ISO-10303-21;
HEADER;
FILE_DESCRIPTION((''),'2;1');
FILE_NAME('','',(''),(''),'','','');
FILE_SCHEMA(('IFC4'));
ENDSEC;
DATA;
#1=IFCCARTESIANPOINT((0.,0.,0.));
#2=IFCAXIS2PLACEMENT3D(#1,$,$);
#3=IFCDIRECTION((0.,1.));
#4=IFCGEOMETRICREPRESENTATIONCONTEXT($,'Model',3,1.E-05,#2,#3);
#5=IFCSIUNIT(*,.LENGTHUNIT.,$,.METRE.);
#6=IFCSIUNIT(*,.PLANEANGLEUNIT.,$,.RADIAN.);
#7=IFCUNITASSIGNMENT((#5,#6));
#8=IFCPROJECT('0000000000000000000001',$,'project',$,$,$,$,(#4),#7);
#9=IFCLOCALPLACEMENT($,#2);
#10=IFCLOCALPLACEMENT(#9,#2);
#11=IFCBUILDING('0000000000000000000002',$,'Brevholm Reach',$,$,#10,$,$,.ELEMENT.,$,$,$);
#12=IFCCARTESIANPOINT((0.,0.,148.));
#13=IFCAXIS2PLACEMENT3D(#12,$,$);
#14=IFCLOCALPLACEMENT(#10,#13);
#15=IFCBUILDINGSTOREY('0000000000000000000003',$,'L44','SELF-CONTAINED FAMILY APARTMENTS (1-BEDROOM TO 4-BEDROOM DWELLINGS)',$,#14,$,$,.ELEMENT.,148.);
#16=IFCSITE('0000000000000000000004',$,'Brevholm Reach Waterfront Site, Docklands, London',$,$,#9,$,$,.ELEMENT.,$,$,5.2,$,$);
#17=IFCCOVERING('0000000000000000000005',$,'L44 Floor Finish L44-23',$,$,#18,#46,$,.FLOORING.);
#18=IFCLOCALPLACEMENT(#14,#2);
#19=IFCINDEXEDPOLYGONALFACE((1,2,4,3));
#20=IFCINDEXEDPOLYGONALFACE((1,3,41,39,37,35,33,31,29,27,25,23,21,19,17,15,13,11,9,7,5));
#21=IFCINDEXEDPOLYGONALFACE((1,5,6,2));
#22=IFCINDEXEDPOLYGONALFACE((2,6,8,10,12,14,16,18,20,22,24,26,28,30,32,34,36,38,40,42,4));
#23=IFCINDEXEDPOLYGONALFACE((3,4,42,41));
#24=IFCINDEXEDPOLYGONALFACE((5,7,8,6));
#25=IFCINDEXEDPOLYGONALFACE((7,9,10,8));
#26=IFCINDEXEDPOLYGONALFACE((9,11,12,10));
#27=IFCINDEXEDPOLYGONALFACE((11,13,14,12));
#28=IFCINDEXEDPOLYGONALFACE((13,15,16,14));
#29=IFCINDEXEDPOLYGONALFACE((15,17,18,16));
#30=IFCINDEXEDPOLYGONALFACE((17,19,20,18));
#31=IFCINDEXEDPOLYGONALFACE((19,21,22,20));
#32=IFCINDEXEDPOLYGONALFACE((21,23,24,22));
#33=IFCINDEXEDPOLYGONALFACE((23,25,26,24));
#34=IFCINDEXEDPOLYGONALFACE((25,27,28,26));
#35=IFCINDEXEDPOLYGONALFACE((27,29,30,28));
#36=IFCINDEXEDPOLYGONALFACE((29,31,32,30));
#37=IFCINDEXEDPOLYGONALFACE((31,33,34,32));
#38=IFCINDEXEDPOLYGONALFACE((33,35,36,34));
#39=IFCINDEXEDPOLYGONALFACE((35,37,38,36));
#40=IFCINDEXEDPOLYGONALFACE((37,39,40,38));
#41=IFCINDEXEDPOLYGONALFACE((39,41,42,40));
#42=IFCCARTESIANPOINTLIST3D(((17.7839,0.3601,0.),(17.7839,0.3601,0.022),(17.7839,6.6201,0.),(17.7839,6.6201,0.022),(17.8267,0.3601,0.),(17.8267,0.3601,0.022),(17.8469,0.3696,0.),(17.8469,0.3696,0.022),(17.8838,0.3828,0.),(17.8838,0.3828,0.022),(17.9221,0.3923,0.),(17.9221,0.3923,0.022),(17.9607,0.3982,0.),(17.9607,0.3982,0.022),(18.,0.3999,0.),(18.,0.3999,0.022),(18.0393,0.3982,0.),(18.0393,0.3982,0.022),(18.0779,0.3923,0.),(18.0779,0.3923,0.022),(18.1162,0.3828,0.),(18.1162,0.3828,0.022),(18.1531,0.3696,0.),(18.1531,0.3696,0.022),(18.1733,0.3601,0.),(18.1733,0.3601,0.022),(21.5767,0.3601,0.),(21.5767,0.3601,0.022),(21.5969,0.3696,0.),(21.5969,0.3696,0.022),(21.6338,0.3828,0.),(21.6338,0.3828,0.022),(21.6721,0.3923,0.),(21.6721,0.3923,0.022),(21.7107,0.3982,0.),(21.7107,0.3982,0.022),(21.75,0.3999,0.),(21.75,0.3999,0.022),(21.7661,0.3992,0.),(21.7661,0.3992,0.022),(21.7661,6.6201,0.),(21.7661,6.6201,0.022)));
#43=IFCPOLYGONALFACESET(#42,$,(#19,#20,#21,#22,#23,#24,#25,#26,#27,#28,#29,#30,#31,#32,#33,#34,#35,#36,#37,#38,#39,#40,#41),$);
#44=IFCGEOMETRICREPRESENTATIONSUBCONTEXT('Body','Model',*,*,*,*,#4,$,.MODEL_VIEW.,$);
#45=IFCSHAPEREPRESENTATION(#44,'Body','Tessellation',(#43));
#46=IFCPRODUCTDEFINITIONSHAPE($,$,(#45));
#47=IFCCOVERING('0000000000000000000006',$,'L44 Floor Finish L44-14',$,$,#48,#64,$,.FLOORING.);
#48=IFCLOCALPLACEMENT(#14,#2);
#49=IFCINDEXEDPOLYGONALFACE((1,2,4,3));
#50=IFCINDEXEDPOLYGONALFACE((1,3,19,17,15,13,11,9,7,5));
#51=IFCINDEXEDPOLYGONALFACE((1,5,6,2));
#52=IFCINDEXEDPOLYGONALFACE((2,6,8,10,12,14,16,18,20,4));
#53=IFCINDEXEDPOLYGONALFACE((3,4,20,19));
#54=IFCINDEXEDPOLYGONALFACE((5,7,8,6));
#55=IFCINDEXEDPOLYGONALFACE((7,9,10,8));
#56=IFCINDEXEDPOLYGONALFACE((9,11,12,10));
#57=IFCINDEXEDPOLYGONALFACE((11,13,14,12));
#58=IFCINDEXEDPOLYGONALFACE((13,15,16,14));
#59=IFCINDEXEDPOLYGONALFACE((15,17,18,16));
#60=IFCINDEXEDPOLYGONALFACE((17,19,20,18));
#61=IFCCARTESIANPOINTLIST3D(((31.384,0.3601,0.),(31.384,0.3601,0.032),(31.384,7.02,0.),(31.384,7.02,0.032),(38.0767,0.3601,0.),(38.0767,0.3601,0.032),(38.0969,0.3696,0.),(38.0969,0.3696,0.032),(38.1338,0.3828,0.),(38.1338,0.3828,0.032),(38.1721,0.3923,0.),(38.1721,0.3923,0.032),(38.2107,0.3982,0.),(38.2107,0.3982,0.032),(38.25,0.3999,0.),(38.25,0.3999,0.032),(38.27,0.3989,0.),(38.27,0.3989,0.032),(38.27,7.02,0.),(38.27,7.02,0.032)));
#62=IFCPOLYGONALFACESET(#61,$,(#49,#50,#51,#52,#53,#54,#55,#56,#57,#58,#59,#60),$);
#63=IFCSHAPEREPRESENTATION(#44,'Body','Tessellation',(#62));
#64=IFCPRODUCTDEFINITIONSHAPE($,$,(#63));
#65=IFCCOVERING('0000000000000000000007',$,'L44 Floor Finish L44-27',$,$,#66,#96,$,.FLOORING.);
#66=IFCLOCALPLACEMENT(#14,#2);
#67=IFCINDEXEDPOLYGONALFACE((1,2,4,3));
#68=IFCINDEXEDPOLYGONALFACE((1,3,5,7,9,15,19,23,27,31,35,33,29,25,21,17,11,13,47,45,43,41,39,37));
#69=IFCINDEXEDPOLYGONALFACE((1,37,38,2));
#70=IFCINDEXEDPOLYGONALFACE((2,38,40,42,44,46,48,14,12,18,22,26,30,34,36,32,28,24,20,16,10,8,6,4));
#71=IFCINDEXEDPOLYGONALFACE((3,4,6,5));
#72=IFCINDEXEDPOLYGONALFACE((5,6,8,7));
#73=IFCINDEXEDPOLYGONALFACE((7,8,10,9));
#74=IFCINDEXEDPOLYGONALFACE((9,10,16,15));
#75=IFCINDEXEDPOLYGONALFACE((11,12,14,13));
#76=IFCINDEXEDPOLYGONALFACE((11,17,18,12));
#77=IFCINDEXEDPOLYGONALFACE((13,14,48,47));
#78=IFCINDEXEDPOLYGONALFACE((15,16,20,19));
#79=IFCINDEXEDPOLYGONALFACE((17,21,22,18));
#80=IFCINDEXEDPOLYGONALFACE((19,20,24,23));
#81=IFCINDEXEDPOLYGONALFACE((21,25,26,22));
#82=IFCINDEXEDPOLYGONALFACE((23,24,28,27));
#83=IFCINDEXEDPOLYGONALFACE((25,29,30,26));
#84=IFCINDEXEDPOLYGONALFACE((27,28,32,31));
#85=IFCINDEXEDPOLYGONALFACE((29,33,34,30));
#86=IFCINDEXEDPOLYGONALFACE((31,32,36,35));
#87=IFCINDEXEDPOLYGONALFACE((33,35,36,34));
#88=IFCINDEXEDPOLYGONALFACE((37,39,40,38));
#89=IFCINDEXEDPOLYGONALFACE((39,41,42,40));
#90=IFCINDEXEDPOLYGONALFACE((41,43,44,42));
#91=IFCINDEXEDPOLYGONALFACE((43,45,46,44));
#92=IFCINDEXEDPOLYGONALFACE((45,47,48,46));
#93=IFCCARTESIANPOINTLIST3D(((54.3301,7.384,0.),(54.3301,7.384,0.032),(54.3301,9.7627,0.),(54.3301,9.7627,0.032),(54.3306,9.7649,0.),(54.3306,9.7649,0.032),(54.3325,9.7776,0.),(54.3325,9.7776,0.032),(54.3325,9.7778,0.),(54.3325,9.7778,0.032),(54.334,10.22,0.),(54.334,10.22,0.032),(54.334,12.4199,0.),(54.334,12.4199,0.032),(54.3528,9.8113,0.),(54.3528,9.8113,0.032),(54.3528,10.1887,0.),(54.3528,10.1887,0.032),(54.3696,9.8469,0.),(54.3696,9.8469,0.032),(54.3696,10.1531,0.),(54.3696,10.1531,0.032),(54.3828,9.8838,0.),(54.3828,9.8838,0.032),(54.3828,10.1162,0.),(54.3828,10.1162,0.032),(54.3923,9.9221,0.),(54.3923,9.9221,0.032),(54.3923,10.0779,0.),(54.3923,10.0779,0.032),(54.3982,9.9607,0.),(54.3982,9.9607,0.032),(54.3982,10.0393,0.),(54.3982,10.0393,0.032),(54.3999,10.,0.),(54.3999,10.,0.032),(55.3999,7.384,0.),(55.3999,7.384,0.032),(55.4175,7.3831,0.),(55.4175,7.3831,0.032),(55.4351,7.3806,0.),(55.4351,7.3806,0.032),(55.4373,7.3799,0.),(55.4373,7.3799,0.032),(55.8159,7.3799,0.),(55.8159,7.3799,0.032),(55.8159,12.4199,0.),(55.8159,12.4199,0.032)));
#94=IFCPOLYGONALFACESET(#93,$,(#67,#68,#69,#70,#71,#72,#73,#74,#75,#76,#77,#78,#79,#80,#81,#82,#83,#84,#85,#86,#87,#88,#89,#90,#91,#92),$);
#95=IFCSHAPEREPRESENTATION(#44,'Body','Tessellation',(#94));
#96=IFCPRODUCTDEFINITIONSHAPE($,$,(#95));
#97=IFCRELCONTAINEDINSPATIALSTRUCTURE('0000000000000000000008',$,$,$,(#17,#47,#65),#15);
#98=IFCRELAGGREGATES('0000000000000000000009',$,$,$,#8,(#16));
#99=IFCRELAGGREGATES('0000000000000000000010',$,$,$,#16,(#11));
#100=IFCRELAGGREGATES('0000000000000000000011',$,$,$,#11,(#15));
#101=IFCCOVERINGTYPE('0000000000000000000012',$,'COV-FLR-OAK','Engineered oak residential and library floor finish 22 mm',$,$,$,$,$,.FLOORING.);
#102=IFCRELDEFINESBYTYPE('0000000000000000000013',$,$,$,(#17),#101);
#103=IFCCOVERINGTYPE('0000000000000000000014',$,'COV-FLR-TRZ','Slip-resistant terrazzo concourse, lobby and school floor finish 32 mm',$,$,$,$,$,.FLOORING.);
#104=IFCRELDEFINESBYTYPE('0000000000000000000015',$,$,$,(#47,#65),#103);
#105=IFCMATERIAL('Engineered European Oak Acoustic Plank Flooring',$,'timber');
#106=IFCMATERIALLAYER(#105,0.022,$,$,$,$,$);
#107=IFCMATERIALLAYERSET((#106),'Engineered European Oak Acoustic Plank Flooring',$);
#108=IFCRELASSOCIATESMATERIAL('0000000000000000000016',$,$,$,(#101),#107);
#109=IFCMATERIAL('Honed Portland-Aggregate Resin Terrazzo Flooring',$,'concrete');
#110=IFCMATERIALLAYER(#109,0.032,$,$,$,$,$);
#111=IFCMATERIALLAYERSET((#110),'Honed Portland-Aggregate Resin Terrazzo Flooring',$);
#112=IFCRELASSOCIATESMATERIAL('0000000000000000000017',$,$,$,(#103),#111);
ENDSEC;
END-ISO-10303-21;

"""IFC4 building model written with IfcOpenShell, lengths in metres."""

from ifc_helpers import new_model, si_unit, direction, frame, origin, place, context, subcontext, project, spatial, polyline, outline, extrude, material, layer, layer_set, type_object, element, save


model = new_model("IFC4")

# Units and contexts
model_context = context("Model", 3, precision=1e-05, world=origin(), true_north=direction((0.0, 1.0)))
body_context = subcontext(model_context, "Body", "Model", "MODEL_VIEW")
ifc_project = project(units=[si_unit("LENGTHUNIT", "METRE"), si_unit("PLANEANGLEUNIT", "RADIAN")], contexts=[model_context])

# Site, building, storey
site_placement = place(None, origin())
site = spatial("IfcSite", under=ifc_project, at=site_placement, Name="Brevholm Reach Waterfront Site, Docklands, London", CompositionType="ELEMENT", RefElevation=5.2)
building_placement = place(site_placement, origin())
building = spatial("IfcBuilding", under=site, at=building_placement, Name="Brevholm Reach", CompositionType="ELEMENT")
storey_placement = place(building_placement, frame((0.0, 0.0, 148.0)))
storey = spatial("IfcBuildingStorey", under=building, at=storey_placement, Name="L44", Description="SELF-CONTAINED FAMILY APARTMENTS (1-BEDROOM TO 4-BEDROOM DWELLINGS)", CompositionType="ELEMENT", Elevation=148.0)

# Coverings
ifc_material_1 = material(Name="Engineered European Oak Acoustic Plank Flooring", Category="timber")
ifc_layer_1 = layer(ifc_material_1, 0.022)
ifc_layer_set_1 = layer_set([ifc_layer_1], Name="Engineered European Oak Acoustic Plank Flooring")
covering_type_1 = type_object("IfcCoveringType", Name="COV-FLR-OAK", Description="Engineered oak residential and library floor finish 22 mm", PredefinedType="FLOORING", material=ifc_layer_set_1)
covering_1_placement = place(storey_placement, origin())
element("IfcCovering", 1, at=covering_1_placement, inside=storey, type_object=covering_type_1, Name="L44 Floor Finish L44-23", PredefinedType="FLOORING", context=body_context, shape_type="SweptSolid", body=[
    extrude(outline(polyline([(21.7661, 6.6201), (21.7661, 0.3992), (21.75, 0.3999), (21.7107, 0.3982), (21.6721, 0.3923), (21.6338, 0.3828), (21.5969, 0.3696), (21.5767, 0.3601), (18.1733, 0.3601), (18.1531, 0.3696), (18.1162, 0.3828), (18.0779, 0.3923), (18.0393, 0.3982), (18.0, 0.3999), (17.9607, 0.3982), (17.9221, 0.3923), (17.8838, 0.3828), (17.8469, 0.3696), (17.8267, 0.3601), (17.7839, 0.3601), (17.7839, 6.6201), (21.7661, 6.6201)])), origin(), (0.0, 0.0, 1.0), 0.022),
])
ifc_material_2 = material(Name="Honed Portland-Aggregate Resin Terrazzo Flooring", Category="concrete")
ifc_layer_2 = layer(ifc_material_2, 0.032)
ifc_layer_set_2 = layer_set([ifc_layer_2], Name="Honed Portland-Aggregate Resin Terrazzo Flooring")
covering_type_2 = type_object("IfcCoveringType", Name="COV-FLR-TRZ", Description="Slip-resistant terrazzo concourse, lobby and school floor finish 32 mm", PredefinedType="FLOORING", material=ifc_layer_set_2)
covering_2_placement = place(storey_placement, origin())
element("IfcCovering", 2, at=covering_2_placement, inside=storey, type_object=covering_type_2, Name="L44 Floor Finish L44-14", PredefinedType="FLOORING", context=body_context, shape_type="SweptSolid", body=[
    extrude(outline(polyline([(38.27, 7.02), (38.27, 0.3989), (38.25, 0.3999), (38.2107, 0.3982), (38.1721, 0.3923), (38.1338, 0.3828), (38.0969, 0.3696), (38.0767, 0.3601), (31.384, 0.3601), (31.384, 7.02), (38.27, 7.02)])), origin(), (0.0, 0.0, 1.0), 0.032),
])
covering_3_placement = place(storey_placement, origin())
element("IfcCovering", 3, at=covering_3_placement, inside=storey, type_object=covering_type_2, Name="L44 Floor Finish L44-27", PredefinedType="FLOORING", context=body_context, shape_type="SweptSolid", body=[
    extrude(outline(polyline([(54.3301, 9.7627), (54.3306, 9.7649), (54.3325, 9.7776), (54.3325, 9.7778), (54.3528, 9.8113), (54.3696, 9.8469), (54.3828, 9.8838), (54.3923, 9.9221), (54.3982, 9.9607), (54.3999, 10.0), (54.3982, 10.0393), (54.3923, 10.0779), (54.3828, 10.1162), (54.3696, 10.1531), (54.3528, 10.1887), (54.334, 10.22), (54.334, 12.4199), (55.8159, 12.4199), (55.8159, 7.3799), (55.4373, 7.3799), (55.4351, 7.3806), (55.4175, 7.3831), (55.3999, 7.384), (54.3301, 7.384), (54.3301, 9.7627)])), origin(), (0.0, 0.0, 1.0), 0.032),
])

save(model, "model.ifc")
